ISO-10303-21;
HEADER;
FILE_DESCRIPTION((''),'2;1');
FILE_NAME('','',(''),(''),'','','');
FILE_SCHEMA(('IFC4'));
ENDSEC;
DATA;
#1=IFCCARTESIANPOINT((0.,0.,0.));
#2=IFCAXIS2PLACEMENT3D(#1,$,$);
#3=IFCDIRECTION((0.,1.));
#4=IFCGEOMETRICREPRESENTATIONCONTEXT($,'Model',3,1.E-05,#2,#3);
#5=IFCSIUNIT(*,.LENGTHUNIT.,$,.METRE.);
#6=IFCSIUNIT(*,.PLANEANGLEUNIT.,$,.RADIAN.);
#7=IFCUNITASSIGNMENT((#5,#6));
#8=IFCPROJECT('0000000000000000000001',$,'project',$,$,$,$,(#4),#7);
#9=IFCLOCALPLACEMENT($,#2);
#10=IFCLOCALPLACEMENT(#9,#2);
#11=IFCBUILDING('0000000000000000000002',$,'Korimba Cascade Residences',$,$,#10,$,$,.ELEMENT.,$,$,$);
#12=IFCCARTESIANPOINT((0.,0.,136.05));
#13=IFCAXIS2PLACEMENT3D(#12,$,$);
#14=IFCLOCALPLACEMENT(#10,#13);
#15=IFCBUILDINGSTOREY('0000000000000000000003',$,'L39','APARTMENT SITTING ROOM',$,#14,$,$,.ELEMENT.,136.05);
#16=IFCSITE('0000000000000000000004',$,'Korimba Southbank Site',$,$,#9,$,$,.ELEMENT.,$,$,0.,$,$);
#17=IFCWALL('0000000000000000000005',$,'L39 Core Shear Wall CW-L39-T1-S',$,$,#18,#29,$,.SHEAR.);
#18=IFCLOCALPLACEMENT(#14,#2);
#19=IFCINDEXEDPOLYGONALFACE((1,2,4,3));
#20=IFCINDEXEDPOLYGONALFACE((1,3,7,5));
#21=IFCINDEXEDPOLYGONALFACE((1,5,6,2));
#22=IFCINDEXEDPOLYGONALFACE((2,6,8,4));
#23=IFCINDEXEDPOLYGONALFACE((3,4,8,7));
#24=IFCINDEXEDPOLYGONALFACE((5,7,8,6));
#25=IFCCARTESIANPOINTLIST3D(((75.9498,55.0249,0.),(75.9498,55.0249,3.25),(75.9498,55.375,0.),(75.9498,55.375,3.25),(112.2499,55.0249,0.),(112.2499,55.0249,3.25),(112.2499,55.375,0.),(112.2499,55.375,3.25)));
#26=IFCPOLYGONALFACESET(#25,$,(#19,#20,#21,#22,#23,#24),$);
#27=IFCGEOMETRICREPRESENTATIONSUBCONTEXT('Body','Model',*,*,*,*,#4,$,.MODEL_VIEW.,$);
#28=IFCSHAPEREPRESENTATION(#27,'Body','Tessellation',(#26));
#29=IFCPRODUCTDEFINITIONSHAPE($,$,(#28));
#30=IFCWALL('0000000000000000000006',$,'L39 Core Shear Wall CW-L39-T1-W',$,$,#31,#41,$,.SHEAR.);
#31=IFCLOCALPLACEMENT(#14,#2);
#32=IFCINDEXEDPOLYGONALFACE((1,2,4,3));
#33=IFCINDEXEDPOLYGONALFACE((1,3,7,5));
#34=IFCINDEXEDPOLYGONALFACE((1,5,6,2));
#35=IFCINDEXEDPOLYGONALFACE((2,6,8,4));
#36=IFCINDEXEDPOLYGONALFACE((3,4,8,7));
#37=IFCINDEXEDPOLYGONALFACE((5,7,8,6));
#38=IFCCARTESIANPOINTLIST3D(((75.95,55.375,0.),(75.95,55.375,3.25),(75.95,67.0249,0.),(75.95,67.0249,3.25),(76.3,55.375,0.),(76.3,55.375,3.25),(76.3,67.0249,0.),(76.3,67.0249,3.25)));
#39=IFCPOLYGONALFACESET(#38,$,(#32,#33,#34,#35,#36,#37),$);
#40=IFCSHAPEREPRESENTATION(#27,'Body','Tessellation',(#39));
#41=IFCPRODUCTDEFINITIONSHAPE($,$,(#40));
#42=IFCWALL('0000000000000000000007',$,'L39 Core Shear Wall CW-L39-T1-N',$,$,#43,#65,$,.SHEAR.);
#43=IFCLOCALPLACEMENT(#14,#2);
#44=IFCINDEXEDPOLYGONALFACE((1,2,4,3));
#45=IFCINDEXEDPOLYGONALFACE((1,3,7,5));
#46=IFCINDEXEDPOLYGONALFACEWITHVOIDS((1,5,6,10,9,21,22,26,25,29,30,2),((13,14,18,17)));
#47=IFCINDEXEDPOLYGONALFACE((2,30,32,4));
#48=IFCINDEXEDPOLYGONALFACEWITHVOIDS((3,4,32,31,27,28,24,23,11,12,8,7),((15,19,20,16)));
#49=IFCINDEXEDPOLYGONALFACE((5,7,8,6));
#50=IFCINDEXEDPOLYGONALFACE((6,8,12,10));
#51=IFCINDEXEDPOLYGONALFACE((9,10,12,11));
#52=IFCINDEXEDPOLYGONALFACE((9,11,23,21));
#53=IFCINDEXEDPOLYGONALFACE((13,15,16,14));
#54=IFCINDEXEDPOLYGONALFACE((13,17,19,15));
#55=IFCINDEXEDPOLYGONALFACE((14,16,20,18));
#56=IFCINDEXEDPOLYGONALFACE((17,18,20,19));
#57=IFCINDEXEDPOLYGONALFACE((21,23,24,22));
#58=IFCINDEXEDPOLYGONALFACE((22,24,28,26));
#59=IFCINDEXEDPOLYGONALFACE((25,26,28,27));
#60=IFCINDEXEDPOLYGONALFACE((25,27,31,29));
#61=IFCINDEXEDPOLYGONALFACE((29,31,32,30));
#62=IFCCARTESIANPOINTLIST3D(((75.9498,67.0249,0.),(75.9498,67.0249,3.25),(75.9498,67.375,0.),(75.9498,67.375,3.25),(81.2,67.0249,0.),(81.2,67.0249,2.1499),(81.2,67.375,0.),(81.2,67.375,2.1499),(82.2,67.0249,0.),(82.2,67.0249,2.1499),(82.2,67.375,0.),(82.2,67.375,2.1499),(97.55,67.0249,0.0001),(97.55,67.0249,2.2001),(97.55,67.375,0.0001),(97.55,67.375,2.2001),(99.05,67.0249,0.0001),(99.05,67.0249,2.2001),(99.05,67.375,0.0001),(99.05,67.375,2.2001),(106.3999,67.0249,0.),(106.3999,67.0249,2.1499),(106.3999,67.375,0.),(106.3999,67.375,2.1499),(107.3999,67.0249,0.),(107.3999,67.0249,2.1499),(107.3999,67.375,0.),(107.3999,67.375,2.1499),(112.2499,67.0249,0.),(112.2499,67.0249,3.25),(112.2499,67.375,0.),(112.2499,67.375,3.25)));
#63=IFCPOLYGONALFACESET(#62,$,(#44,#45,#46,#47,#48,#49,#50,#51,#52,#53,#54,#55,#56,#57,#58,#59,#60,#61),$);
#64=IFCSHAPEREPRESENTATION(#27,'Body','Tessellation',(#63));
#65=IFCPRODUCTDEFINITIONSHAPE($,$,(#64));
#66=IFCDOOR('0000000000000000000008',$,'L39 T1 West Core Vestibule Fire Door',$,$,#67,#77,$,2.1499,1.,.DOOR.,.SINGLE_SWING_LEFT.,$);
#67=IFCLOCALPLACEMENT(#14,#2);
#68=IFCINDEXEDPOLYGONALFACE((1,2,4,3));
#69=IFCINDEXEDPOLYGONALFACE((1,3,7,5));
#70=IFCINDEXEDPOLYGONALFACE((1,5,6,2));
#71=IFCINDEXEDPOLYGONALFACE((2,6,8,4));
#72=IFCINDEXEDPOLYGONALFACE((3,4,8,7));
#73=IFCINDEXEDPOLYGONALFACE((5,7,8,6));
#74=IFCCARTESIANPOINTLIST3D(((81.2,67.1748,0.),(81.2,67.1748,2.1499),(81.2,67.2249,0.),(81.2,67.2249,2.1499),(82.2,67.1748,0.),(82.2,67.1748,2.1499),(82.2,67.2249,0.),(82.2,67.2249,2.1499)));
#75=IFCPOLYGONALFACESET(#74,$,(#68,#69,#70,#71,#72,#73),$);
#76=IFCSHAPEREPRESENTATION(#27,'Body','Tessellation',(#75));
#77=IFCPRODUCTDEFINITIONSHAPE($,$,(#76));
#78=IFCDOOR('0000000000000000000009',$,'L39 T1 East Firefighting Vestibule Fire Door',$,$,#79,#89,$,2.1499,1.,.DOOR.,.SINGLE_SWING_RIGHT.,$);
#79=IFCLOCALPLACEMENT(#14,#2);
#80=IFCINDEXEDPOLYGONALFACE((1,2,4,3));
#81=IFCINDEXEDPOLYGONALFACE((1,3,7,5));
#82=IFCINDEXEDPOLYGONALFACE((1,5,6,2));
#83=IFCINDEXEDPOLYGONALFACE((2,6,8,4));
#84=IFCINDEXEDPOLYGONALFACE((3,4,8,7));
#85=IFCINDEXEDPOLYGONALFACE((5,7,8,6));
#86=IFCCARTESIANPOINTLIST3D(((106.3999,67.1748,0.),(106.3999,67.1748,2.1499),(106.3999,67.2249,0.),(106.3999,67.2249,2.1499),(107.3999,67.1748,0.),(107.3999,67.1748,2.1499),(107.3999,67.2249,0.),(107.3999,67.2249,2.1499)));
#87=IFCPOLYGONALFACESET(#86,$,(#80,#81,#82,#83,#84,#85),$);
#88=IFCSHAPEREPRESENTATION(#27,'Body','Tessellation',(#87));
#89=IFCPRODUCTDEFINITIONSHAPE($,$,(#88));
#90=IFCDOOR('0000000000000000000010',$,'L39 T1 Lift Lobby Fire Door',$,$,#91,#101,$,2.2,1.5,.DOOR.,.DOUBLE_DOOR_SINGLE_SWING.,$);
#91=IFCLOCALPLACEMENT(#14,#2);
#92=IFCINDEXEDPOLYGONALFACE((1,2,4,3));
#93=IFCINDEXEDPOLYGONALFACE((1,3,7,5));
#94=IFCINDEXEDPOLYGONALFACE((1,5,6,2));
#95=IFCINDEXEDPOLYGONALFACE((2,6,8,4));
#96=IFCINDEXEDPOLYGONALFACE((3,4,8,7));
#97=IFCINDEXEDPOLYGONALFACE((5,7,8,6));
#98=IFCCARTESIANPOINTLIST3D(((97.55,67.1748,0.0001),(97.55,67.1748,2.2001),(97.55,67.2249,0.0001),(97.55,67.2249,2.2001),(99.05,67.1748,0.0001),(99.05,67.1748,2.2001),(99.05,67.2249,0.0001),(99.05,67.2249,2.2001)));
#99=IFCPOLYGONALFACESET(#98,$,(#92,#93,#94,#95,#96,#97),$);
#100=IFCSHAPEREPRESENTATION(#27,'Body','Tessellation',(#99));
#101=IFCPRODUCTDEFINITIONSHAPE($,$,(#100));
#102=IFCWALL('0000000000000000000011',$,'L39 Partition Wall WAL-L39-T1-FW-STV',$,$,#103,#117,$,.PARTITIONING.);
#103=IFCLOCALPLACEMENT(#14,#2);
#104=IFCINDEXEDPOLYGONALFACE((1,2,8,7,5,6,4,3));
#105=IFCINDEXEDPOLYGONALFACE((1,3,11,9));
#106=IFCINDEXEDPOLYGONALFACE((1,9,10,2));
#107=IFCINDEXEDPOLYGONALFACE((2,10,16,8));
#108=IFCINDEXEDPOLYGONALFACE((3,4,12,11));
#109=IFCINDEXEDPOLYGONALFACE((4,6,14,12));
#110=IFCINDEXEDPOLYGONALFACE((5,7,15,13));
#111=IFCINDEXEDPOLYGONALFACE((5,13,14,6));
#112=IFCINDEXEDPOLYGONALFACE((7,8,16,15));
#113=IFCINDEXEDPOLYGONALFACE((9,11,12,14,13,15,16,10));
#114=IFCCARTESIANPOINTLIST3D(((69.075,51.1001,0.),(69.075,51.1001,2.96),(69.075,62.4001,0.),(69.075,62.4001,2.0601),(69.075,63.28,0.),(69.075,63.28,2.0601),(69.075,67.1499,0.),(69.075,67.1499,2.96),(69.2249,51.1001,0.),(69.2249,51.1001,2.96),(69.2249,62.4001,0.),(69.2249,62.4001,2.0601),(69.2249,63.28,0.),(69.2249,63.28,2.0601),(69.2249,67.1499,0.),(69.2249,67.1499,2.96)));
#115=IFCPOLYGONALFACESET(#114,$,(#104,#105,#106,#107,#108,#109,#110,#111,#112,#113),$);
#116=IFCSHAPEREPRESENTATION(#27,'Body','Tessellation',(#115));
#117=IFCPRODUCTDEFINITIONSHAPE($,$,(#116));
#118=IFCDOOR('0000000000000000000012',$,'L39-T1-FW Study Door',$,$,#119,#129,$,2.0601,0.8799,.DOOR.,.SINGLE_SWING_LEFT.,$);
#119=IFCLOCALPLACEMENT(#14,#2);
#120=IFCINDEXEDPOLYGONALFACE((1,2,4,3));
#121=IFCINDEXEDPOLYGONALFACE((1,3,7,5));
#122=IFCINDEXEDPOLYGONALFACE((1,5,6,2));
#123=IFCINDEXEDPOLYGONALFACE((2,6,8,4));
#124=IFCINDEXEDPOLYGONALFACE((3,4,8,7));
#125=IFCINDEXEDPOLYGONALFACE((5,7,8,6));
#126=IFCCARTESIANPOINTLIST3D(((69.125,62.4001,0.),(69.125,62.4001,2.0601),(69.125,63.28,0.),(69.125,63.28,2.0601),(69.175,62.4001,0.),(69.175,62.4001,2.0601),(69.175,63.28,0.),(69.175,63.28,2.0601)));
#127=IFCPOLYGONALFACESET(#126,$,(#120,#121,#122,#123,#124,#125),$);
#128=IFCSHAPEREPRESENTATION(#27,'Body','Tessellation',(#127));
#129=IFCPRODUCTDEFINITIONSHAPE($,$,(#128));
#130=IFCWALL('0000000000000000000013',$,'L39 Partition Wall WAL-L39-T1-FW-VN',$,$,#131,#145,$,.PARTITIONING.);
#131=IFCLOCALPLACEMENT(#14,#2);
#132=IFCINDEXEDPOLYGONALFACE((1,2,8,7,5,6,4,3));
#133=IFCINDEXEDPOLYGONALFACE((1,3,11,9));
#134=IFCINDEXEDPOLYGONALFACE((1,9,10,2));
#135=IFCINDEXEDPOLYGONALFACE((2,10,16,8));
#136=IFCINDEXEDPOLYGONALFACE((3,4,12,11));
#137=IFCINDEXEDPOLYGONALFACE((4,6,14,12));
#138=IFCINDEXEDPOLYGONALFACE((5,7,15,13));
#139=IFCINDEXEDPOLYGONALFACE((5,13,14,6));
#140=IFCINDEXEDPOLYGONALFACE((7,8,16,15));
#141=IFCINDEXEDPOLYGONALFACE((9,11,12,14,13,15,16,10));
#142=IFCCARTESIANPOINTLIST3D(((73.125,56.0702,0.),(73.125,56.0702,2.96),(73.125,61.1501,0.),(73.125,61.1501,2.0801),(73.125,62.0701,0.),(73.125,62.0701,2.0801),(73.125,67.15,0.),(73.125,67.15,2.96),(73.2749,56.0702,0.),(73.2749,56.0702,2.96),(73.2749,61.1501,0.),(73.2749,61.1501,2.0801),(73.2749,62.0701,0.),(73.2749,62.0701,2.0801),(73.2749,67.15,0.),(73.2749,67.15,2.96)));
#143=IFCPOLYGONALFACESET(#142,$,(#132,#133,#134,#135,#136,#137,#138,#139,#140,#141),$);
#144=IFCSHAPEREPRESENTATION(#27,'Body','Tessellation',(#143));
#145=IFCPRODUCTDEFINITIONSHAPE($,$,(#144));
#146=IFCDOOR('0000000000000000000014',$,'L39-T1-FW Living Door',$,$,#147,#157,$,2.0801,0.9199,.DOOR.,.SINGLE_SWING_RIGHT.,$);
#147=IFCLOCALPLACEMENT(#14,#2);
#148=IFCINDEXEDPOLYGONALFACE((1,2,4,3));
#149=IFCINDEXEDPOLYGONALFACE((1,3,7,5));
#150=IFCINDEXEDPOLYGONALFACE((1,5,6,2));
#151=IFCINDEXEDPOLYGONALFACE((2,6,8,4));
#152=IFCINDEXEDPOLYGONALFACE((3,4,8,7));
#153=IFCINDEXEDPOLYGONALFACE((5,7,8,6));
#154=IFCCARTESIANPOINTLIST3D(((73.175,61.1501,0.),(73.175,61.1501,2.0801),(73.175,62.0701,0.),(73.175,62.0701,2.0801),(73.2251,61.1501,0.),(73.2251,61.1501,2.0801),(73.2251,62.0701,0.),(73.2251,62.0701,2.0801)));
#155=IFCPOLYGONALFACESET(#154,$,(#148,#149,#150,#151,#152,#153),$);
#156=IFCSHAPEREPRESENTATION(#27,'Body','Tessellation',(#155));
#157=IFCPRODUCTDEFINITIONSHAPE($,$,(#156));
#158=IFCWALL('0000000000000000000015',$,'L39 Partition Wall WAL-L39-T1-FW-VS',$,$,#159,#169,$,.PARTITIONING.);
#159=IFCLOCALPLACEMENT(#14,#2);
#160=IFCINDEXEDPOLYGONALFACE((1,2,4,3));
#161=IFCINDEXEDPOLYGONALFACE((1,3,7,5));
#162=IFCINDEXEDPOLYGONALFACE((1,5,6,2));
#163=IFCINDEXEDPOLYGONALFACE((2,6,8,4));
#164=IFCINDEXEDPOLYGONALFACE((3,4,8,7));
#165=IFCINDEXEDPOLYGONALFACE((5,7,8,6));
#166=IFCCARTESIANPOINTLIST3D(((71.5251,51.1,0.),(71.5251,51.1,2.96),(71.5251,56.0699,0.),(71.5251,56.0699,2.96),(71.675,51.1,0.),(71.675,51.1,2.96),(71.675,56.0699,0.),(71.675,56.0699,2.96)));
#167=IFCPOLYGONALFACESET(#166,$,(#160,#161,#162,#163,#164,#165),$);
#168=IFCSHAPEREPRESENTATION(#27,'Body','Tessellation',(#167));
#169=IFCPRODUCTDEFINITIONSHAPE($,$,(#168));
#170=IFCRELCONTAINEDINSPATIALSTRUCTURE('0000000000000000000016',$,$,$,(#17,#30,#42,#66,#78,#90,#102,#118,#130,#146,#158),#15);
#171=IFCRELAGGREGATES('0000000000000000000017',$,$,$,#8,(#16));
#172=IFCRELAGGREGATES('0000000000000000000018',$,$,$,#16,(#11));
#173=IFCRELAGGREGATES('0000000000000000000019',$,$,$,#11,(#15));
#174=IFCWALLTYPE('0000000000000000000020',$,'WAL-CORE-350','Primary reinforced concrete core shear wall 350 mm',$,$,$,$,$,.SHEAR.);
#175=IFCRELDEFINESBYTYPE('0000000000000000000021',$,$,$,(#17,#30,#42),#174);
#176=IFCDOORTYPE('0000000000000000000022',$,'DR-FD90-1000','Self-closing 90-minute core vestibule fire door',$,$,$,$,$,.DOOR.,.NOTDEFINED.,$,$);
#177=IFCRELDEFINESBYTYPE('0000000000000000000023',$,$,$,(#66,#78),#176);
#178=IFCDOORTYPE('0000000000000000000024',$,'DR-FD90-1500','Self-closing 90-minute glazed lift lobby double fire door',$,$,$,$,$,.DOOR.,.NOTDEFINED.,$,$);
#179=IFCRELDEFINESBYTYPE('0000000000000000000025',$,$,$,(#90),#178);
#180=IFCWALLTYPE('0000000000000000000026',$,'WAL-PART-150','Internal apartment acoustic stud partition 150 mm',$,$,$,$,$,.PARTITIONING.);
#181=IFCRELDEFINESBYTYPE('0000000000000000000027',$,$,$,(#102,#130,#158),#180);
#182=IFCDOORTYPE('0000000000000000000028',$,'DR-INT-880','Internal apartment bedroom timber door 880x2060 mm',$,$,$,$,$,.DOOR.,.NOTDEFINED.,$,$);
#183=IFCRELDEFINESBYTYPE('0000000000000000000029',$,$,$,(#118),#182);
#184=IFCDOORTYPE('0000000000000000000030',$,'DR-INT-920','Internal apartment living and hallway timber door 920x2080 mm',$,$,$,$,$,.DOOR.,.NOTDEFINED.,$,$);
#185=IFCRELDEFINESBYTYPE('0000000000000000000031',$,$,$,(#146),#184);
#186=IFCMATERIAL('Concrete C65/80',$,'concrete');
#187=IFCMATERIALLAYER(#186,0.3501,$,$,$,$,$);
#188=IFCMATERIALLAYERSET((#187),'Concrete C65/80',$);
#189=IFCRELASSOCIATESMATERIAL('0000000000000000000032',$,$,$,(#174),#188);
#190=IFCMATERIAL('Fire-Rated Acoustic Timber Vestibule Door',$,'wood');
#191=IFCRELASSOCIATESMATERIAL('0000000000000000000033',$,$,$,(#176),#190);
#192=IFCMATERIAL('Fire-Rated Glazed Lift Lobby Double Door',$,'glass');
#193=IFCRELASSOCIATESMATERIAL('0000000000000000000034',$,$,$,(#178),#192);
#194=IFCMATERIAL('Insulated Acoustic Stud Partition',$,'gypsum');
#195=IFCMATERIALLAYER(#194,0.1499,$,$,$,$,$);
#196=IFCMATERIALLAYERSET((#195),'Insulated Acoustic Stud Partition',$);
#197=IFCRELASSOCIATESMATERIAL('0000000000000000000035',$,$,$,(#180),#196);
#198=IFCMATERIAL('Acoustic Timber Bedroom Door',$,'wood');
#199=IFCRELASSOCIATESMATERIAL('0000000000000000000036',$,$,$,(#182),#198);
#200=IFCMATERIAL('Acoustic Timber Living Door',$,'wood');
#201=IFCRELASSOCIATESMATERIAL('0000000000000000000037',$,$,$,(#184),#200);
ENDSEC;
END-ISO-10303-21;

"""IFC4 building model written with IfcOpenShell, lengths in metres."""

from ifc_helpers import new_model, si_unit, direction, frame, frame_2d, origin, place, context, subcontext, project, spatial, rectangle, extrude, material, layer, layer_set, type_object, element, fill, save


model = new_model("IFC4")

# Units and contexts
model_context = context("Model", 3, precision=1e-05, world=origin(), true_north=direction((0.0, 1.0)))
body_context = subcontext(model_context, "Body", "Model", "MODEL_VIEW")
ifc_project = project(units=[si_unit("LENGTHUNIT", "METRE"), si_unit("PLANEANGLEUNIT", "RADIAN")], contexts=[model_context])

# Site, building, storey
site_placement = place(None, origin())
site = spatial("IfcSite", under=ifc_project, at=site_placement, Name="Korimba Southbank Site", CompositionType="ELEMENT", RefElevation=0.0)
building_placement = place(site_placement, origin())
building = spatial("IfcBuilding", under=site, at=building_placement, Name="Korimba Cascade Residences", CompositionType="ELEMENT")
storey_placement = place(building_placement, frame((0.0, 0.0, 136.05)))
storey = spatial("IfcBuildingStorey", under=building, at=storey_placement, Name="L39", Description="APARTMENT SITTING ROOM", CompositionType="ELEMENT", Elevation=136.05)

# Shared definitions
ifc_material_1 = material(Name="Concrete C65/80", Category="concrete")

# Walls
ifc_layer_1 = layer(ifc_material_1, 0.3501)
ifc_layer_set_1 = layer_set([ifc_layer_1], Name="Concrete C65/80")
wall_type_1 = type_object("IfcWallType", Name="WAL-CORE-350", Description="Primary reinforced concrete core shear wall 350 mm", PredefinedType="SHEAR", material=ifc_layer_set_1)
wall_1_placement = place(storey_placement, frame((75.95, 55.2, 0.0), z_axis=(0.0, 0.0, 1.0), x_axis=(1.0, 0.0, 0.0)))
element("IfcWall", 1, at=wall_1_placement, inside=storey, type_object=wall_type_1, Name="L39 Core Shear Wall CW-L39-T1-S", PredefinedType="SHEAR", context=body_context, shape_type="SweptSolid", body=[
    extrude(rectangle(XDim=36.3, YDim=0.3501, at=frame_2d((18.1499, 0.0))), origin(), (0.0, 0.0, 1.0), 3.25),
])
wall_2_placement = place(storey_placement, frame((76.125, 55.375, 0.0), z_axis=(0.0, 0.0, 1.0), x_axis=(0.0, 1.0, 0.0)))
element("IfcWall", 2, at=wall_2_placement, inside=storey, type_object=wall_type_1, Name="L39 Core Shear Wall CW-L39-T1-W", PredefinedType="SHEAR", context=body_context, shape_type="SweptSolid", body=[
    extrude(rectangle(XDim=11.6499, YDim=0.3501, at=frame_2d((5.825, 0.0))), origin(), (0.0, 0.0, 1.0), 3.25),
])

# Wall, openings, doors
wall_3_placement = place(storey_placement, frame((75.95, 67.2, 0.0), z_axis=(0.0, 0.0, 1.0), x_axis=(1.0, 0.0, 0.0)))
wall_3 = element("IfcWall", 3, at=wall_3_placement, inside=storey, type_object=wall_type_1, Name="L39 Core Shear Wall CW-L39-T1-N", PredefinedType="SHEAR", context=body_context, shape_type="SweptSolid", body=[
    extrude(rectangle(XDim=36.3, YDim=0.3501, at=frame_2d((18.1499, 0.0))), origin(), (0.0, 0.0, 1.0), 3.25),
])
opening_1_placement = place(wall_3_placement, frame((5.25, 0.0, 0.0)))
opening_1 = element("IfcOpeningElement", 4, at=opening_1_placement, cuts=wall_3, PredefinedType="OPENING", context=body_context, shape_type="SweptSolid", body=[
    extrude(rectangle(XDim=1.0, YDim=2.1499, at=frame_2d((0.5, 1.075))), frame((0.0, 0.1851, 0.0), z_axis=(0.0, -1.0, 0.0), x_axis=(1.0, 0.0, 0.0)), (0.0, 0.0, 1.0), 0.3701),
])
opening_2_placement = place(wall_3_placement, frame((21.6001, 0.0, 0.0)))
opening_2 = element("IfcOpeningElement", 5, at=opening_2_placement, cuts=wall_3, PredefinedType="OPENING", context=body_context, shape_type="SweptSolid", body=[
    extrude(rectangle(XDim=1.5, YDim=2.2, at=frame_2d((0.75, 1.1001))), frame((0.0, 0.1851, 0.0), z_axis=(0.0, -1.0, 0.0), x_axis=(1.0, 0.0, 0.0)), (0.0, 0.0, 1.0), 0.3701),
])
opening_3_placement = place(wall_3_placement, frame((30.45, 0.0, 0.0)))
opening_3 = element("IfcOpeningElement", 6, at=opening_3_placement, cuts=wall_3, PredefinedType="OPENING", context=body_context, shape_type="SweptSolid", body=[
    extrude(rectangle(XDim=1.0, YDim=2.1499, at=frame_2d((0.5, 1.075))), frame((0.0, 0.1851, 0.0), z_axis=(0.0, -1.0, 0.0), x_axis=(1.0, 0.0, 0.0)), (0.0, 0.0, 1.0), 0.3701),
])
ifc_material_2 = material(Name="Fire-Rated Acoustic Timber Vestibule Door", Category="wood")
door_type_1 = type_object("IfcDoorType", Name="DR-FD90-1000", Description="Self-closing 90-minute core vestibule fire door", OperationType="NOTDEFINED", PredefinedType="DOOR", material=ifc_material_2)
door_1_placement = place(opening_1_placement, origin())
door_1 = element("IfcDoor", 7, at=door_1_placement, inside=storey, type_object=door_type_1, Name="L39 T1 West Core Vestibule Fire Door", OperationType="SINGLE_SWING_LEFT", OverallHeight=2.1499, OverallWidth=1.0, PredefinedType="DOOR", context=body_context, shape_type="SweptSolid", body=[
    extrude(rectangle(XDim=1.0, YDim=2.1499, at=frame_2d((0.5, 1.075))), frame((0.0, 0.0249, 0.0), z_axis=(0.0, -1.0, 0.0), x_axis=(1.0, 0.0, 0.0)), (0.0, 0.0, 1.0), 0.05),
])
fill(opening_1, door_1)
door_2_placement = place(opening_3_placement, origin())
door_2 = element("IfcDoor", 8, at=door_2_placement, inside=storey, type_object=door_type_1, Name="L39 T1 East Firefighting Vestibule Fire Door", OperationType="SINGLE_SWING_RIGHT", OverallHeight=2.1499, OverallWidth=1.0, PredefinedType="DOOR", context=body_context, shape_type="SweptSolid", body=[
    extrude(rectangle(XDim=1.0, YDim=2.1499, at=frame_2d((0.5, 1.075))), frame((0.0, 0.0249, 0.0), z_axis=(0.0, -1.0, 0.0), x_axis=(1.0, 0.0, 0.0)), (0.0, 0.0, 1.0), 0.05),
])
fill(opening_3, door_2)
ifc_material_3 = material(Name="Fire-Rated Glazed Lift Lobby Double Door", Category="glass")
door_type_2 = type_object("IfcDoorType", Name="DR-FD90-1500", Description="Self-closing 90-minute glazed lift lobby double fire door", OperationType="NOTDEFINED", PredefinedType="DOOR", material=ifc_material_3)
door_3_placement = place(opening_2_placement, origin())
door_3 = element("IfcDoor", 9, at=door_3_placement, inside=storey, type_object=door_type_2, Name="L39 T1 Lift Lobby Fire Door", OperationType="DOUBLE_DOOR_SINGLE_SWING", OverallHeight=2.2, OverallWidth=1.5, PredefinedType="DOOR", context=body_context, shape_type="SweptSolid", body=[
    extrude(rectangle(XDim=1.5, YDim=2.2, at=frame_2d((0.75, 1.1001))), frame((0.0, 0.0249, 0.0), z_axis=(0.0, -1.0, 0.0), x_axis=(1.0, 0.0, 0.0)), (0.0, 0.0, 1.0), 0.05),
])
fill(opening_2, door_3)

# Walls, openings, doors
ifc_material_4 = material(Name="Insulated Acoustic Stud Partition", Category="gypsum")
ifc_layer_2 = layer(ifc_material_4, 0.1499)
ifc_layer_set_2 = layer_set([ifc_layer_2], Name="Insulated Acoustic Stud Partition")
wall_type_2 = type_object("IfcWallType", Name="WAL-PART-150", Description="Internal apartment acoustic stud partition 150 mm", PredefinedType="PARTITIONING", material=ifc_layer_set_2)
wall_4_placement = place(storey_placement, frame((69.1499, 51.1001, 0.0), z_axis=(0.0, 0.0, 1.0), x_axis=(0.0, 1.0, 0.0)))
wall_4 = element("IfcWall", 10, at=wall_4_placement, inside=storey, type_object=wall_type_2, Name="L39 Partition Wall WAL-L39-T1-FW-STV", PredefinedType="PARTITIONING", context=body_context, shape_type="SweptSolid", body=[
    extrude(rectangle(XDim=16.0498, YDim=0.1499, at=frame_2d((8.0249, 0.0))), origin(), (0.0, 0.0, 1.0), 2.96),
])
opening_4_placement = place(wall_4_placement, frame((11.3, 0.0, 0.0)))
opening_4 = element("IfcOpeningElement", 11, at=opening_4_placement, cuts=wall_4, PredefinedType="OPENING", context=body_context, shape_type="SweptSolid", body=[
    extrude(rectangle(XDim=0.8799, YDim=2.0601, at=frame_2d((0.4399, 1.03))), frame((0.0, 0.085, 0.0), z_axis=(0.0, -1.0, 0.0), x_axis=(1.0, 0.0, 0.0)), (0.0, 0.0, 1.0), 0.1699),
])
ifc_material_5 = material(Name="Acoustic Timber Bedroom Door", Category="wood")
door_type_3 = type_object("IfcDoorType", Name="DR-INT-880", Description="Internal apartment bedroom timber door 880x2060 mm", OperationType="NOTDEFINED", PredefinedType="DOOR", material=ifc_material_5)
door_4_placement = place(opening_4_placement, origin())
door_4 = element("IfcDoor", 12, at=door_4_placement, inside=storey, type_object=door_type_3, Name="L39-T1-FW Study Door", OperationType="SINGLE_SWING_LEFT", OverallHeight=2.0601, OverallWidth=0.8799, PredefinedType="DOOR", context=body_context, shape_type="SweptSolid", body=[
    extrude(rectangle(XDim=0.8799, YDim=2.0601, at=frame_2d((0.4399, 1.03))), frame((0.0, 0.0249, 0.0), z_axis=(0.0, -1.0, 0.0), x_axis=(1.0, 0.0, 0.0)), (0.0, 0.0, 1.0), 0.05),
])
fill(opening_4, door_4)
wall_5_placement = place(storey_placement, frame((73.2, 56.0701, 0.0), z_axis=(0.0, 0.0, 1.0), x_axis=(0.0, 1.0, 0.0)))
wall_5 = element("IfcWall", 13, at=wall_5_placement, inside=storey, type_object=wall_type_2, Name="L39 Partition Wall WAL-L39-T1-FW-VN", PredefinedType="PARTITIONING", context=body_context, shape_type="SweptSolid", body=[
    extrude(rectangle(XDim=11.0798, YDim=0.1499, at=frame_2d((5.54, 0.0))), origin(), (0.0, 0.0, 1.0), 2.96),
])
opening_5_placement = place(wall_5_placement, frame((5.0801, 0.0, 0.0)))
opening_5 = element("IfcOpeningElement", 14, at=opening_5_placement, cuts=wall_5, PredefinedType="OPENING", context=body_context, shape_type="SweptSolid", body=[
    extrude(rectangle(XDim=0.9199, YDim=2.0801, at=frame_2d((0.46, 1.04))), frame((0.0, 0.085, 0.0), z_axis=(0.0, -1.0, 0.0), x_axis=(1.0, 0.0, 0.0)), (0.0, 0.0, 1.0), 0.1699),
])
ifc_material_6 = material(Name="Acoustic Timber Living Door", Category="wood")
door_type_4 = type_object("IfcDoorType", Name="DR-INT-920", Description="Internal apartment living and hallway timber door 920x2080 mm", OperationType="NOTDEFINED", PredefinedType="DOOR", material=ifc_material_6)
door_5_placement = place(opening_5_placement, origin())
door_5 = element("IfcDoor", 15, at=door_5_placement, inside=storey, type_object=door_type_4, Name="L39-T1-FW Living Door", OperationType="SINGLE_SWING_RIGHT", OverallHeight=2.0801, OverallWidth=0.9199, PredefinedType="DOOR", context=body_context, shape_type="SweptSolid", body=[
    extrude(rectangle(XDim=0.9199, YDim=2.0801, at=frame_2d((0.46, 1.04))), frame((0.0, 0.0249, 0.0), z_axis=(0.0, -1.0, 0.0), x_axis=(1.0, 0.0, 0.0)), (0.0, 0.0, 1.0), 0.05),
])
fill(opening_5, door_5)

# Wall
wall_6_placement = place(storey_placement, frame((71.6001, 51.1001, 0.0), z_axis=(0.0, 0.0, 1.0), x_axis=(0.0, 1.0, 0.0)))
element("IfcWall", 16, at=wall_6_placement, inside=storey, type_object=wall_type_2, Name="L39 Partition Wall WAL-L39-T1-FW-VS", PredefinedType="PARTITIONING", context=body_context, shape_type="SweptSolid", body=[
    extrude(rectangle(XDim=4.97, YDim=0.1499, at=frame_2d((2.4849, 0.0))), origin(), (0.0, 0.0, 1.0), 2.96),
])

save(model, "model.ifc")
